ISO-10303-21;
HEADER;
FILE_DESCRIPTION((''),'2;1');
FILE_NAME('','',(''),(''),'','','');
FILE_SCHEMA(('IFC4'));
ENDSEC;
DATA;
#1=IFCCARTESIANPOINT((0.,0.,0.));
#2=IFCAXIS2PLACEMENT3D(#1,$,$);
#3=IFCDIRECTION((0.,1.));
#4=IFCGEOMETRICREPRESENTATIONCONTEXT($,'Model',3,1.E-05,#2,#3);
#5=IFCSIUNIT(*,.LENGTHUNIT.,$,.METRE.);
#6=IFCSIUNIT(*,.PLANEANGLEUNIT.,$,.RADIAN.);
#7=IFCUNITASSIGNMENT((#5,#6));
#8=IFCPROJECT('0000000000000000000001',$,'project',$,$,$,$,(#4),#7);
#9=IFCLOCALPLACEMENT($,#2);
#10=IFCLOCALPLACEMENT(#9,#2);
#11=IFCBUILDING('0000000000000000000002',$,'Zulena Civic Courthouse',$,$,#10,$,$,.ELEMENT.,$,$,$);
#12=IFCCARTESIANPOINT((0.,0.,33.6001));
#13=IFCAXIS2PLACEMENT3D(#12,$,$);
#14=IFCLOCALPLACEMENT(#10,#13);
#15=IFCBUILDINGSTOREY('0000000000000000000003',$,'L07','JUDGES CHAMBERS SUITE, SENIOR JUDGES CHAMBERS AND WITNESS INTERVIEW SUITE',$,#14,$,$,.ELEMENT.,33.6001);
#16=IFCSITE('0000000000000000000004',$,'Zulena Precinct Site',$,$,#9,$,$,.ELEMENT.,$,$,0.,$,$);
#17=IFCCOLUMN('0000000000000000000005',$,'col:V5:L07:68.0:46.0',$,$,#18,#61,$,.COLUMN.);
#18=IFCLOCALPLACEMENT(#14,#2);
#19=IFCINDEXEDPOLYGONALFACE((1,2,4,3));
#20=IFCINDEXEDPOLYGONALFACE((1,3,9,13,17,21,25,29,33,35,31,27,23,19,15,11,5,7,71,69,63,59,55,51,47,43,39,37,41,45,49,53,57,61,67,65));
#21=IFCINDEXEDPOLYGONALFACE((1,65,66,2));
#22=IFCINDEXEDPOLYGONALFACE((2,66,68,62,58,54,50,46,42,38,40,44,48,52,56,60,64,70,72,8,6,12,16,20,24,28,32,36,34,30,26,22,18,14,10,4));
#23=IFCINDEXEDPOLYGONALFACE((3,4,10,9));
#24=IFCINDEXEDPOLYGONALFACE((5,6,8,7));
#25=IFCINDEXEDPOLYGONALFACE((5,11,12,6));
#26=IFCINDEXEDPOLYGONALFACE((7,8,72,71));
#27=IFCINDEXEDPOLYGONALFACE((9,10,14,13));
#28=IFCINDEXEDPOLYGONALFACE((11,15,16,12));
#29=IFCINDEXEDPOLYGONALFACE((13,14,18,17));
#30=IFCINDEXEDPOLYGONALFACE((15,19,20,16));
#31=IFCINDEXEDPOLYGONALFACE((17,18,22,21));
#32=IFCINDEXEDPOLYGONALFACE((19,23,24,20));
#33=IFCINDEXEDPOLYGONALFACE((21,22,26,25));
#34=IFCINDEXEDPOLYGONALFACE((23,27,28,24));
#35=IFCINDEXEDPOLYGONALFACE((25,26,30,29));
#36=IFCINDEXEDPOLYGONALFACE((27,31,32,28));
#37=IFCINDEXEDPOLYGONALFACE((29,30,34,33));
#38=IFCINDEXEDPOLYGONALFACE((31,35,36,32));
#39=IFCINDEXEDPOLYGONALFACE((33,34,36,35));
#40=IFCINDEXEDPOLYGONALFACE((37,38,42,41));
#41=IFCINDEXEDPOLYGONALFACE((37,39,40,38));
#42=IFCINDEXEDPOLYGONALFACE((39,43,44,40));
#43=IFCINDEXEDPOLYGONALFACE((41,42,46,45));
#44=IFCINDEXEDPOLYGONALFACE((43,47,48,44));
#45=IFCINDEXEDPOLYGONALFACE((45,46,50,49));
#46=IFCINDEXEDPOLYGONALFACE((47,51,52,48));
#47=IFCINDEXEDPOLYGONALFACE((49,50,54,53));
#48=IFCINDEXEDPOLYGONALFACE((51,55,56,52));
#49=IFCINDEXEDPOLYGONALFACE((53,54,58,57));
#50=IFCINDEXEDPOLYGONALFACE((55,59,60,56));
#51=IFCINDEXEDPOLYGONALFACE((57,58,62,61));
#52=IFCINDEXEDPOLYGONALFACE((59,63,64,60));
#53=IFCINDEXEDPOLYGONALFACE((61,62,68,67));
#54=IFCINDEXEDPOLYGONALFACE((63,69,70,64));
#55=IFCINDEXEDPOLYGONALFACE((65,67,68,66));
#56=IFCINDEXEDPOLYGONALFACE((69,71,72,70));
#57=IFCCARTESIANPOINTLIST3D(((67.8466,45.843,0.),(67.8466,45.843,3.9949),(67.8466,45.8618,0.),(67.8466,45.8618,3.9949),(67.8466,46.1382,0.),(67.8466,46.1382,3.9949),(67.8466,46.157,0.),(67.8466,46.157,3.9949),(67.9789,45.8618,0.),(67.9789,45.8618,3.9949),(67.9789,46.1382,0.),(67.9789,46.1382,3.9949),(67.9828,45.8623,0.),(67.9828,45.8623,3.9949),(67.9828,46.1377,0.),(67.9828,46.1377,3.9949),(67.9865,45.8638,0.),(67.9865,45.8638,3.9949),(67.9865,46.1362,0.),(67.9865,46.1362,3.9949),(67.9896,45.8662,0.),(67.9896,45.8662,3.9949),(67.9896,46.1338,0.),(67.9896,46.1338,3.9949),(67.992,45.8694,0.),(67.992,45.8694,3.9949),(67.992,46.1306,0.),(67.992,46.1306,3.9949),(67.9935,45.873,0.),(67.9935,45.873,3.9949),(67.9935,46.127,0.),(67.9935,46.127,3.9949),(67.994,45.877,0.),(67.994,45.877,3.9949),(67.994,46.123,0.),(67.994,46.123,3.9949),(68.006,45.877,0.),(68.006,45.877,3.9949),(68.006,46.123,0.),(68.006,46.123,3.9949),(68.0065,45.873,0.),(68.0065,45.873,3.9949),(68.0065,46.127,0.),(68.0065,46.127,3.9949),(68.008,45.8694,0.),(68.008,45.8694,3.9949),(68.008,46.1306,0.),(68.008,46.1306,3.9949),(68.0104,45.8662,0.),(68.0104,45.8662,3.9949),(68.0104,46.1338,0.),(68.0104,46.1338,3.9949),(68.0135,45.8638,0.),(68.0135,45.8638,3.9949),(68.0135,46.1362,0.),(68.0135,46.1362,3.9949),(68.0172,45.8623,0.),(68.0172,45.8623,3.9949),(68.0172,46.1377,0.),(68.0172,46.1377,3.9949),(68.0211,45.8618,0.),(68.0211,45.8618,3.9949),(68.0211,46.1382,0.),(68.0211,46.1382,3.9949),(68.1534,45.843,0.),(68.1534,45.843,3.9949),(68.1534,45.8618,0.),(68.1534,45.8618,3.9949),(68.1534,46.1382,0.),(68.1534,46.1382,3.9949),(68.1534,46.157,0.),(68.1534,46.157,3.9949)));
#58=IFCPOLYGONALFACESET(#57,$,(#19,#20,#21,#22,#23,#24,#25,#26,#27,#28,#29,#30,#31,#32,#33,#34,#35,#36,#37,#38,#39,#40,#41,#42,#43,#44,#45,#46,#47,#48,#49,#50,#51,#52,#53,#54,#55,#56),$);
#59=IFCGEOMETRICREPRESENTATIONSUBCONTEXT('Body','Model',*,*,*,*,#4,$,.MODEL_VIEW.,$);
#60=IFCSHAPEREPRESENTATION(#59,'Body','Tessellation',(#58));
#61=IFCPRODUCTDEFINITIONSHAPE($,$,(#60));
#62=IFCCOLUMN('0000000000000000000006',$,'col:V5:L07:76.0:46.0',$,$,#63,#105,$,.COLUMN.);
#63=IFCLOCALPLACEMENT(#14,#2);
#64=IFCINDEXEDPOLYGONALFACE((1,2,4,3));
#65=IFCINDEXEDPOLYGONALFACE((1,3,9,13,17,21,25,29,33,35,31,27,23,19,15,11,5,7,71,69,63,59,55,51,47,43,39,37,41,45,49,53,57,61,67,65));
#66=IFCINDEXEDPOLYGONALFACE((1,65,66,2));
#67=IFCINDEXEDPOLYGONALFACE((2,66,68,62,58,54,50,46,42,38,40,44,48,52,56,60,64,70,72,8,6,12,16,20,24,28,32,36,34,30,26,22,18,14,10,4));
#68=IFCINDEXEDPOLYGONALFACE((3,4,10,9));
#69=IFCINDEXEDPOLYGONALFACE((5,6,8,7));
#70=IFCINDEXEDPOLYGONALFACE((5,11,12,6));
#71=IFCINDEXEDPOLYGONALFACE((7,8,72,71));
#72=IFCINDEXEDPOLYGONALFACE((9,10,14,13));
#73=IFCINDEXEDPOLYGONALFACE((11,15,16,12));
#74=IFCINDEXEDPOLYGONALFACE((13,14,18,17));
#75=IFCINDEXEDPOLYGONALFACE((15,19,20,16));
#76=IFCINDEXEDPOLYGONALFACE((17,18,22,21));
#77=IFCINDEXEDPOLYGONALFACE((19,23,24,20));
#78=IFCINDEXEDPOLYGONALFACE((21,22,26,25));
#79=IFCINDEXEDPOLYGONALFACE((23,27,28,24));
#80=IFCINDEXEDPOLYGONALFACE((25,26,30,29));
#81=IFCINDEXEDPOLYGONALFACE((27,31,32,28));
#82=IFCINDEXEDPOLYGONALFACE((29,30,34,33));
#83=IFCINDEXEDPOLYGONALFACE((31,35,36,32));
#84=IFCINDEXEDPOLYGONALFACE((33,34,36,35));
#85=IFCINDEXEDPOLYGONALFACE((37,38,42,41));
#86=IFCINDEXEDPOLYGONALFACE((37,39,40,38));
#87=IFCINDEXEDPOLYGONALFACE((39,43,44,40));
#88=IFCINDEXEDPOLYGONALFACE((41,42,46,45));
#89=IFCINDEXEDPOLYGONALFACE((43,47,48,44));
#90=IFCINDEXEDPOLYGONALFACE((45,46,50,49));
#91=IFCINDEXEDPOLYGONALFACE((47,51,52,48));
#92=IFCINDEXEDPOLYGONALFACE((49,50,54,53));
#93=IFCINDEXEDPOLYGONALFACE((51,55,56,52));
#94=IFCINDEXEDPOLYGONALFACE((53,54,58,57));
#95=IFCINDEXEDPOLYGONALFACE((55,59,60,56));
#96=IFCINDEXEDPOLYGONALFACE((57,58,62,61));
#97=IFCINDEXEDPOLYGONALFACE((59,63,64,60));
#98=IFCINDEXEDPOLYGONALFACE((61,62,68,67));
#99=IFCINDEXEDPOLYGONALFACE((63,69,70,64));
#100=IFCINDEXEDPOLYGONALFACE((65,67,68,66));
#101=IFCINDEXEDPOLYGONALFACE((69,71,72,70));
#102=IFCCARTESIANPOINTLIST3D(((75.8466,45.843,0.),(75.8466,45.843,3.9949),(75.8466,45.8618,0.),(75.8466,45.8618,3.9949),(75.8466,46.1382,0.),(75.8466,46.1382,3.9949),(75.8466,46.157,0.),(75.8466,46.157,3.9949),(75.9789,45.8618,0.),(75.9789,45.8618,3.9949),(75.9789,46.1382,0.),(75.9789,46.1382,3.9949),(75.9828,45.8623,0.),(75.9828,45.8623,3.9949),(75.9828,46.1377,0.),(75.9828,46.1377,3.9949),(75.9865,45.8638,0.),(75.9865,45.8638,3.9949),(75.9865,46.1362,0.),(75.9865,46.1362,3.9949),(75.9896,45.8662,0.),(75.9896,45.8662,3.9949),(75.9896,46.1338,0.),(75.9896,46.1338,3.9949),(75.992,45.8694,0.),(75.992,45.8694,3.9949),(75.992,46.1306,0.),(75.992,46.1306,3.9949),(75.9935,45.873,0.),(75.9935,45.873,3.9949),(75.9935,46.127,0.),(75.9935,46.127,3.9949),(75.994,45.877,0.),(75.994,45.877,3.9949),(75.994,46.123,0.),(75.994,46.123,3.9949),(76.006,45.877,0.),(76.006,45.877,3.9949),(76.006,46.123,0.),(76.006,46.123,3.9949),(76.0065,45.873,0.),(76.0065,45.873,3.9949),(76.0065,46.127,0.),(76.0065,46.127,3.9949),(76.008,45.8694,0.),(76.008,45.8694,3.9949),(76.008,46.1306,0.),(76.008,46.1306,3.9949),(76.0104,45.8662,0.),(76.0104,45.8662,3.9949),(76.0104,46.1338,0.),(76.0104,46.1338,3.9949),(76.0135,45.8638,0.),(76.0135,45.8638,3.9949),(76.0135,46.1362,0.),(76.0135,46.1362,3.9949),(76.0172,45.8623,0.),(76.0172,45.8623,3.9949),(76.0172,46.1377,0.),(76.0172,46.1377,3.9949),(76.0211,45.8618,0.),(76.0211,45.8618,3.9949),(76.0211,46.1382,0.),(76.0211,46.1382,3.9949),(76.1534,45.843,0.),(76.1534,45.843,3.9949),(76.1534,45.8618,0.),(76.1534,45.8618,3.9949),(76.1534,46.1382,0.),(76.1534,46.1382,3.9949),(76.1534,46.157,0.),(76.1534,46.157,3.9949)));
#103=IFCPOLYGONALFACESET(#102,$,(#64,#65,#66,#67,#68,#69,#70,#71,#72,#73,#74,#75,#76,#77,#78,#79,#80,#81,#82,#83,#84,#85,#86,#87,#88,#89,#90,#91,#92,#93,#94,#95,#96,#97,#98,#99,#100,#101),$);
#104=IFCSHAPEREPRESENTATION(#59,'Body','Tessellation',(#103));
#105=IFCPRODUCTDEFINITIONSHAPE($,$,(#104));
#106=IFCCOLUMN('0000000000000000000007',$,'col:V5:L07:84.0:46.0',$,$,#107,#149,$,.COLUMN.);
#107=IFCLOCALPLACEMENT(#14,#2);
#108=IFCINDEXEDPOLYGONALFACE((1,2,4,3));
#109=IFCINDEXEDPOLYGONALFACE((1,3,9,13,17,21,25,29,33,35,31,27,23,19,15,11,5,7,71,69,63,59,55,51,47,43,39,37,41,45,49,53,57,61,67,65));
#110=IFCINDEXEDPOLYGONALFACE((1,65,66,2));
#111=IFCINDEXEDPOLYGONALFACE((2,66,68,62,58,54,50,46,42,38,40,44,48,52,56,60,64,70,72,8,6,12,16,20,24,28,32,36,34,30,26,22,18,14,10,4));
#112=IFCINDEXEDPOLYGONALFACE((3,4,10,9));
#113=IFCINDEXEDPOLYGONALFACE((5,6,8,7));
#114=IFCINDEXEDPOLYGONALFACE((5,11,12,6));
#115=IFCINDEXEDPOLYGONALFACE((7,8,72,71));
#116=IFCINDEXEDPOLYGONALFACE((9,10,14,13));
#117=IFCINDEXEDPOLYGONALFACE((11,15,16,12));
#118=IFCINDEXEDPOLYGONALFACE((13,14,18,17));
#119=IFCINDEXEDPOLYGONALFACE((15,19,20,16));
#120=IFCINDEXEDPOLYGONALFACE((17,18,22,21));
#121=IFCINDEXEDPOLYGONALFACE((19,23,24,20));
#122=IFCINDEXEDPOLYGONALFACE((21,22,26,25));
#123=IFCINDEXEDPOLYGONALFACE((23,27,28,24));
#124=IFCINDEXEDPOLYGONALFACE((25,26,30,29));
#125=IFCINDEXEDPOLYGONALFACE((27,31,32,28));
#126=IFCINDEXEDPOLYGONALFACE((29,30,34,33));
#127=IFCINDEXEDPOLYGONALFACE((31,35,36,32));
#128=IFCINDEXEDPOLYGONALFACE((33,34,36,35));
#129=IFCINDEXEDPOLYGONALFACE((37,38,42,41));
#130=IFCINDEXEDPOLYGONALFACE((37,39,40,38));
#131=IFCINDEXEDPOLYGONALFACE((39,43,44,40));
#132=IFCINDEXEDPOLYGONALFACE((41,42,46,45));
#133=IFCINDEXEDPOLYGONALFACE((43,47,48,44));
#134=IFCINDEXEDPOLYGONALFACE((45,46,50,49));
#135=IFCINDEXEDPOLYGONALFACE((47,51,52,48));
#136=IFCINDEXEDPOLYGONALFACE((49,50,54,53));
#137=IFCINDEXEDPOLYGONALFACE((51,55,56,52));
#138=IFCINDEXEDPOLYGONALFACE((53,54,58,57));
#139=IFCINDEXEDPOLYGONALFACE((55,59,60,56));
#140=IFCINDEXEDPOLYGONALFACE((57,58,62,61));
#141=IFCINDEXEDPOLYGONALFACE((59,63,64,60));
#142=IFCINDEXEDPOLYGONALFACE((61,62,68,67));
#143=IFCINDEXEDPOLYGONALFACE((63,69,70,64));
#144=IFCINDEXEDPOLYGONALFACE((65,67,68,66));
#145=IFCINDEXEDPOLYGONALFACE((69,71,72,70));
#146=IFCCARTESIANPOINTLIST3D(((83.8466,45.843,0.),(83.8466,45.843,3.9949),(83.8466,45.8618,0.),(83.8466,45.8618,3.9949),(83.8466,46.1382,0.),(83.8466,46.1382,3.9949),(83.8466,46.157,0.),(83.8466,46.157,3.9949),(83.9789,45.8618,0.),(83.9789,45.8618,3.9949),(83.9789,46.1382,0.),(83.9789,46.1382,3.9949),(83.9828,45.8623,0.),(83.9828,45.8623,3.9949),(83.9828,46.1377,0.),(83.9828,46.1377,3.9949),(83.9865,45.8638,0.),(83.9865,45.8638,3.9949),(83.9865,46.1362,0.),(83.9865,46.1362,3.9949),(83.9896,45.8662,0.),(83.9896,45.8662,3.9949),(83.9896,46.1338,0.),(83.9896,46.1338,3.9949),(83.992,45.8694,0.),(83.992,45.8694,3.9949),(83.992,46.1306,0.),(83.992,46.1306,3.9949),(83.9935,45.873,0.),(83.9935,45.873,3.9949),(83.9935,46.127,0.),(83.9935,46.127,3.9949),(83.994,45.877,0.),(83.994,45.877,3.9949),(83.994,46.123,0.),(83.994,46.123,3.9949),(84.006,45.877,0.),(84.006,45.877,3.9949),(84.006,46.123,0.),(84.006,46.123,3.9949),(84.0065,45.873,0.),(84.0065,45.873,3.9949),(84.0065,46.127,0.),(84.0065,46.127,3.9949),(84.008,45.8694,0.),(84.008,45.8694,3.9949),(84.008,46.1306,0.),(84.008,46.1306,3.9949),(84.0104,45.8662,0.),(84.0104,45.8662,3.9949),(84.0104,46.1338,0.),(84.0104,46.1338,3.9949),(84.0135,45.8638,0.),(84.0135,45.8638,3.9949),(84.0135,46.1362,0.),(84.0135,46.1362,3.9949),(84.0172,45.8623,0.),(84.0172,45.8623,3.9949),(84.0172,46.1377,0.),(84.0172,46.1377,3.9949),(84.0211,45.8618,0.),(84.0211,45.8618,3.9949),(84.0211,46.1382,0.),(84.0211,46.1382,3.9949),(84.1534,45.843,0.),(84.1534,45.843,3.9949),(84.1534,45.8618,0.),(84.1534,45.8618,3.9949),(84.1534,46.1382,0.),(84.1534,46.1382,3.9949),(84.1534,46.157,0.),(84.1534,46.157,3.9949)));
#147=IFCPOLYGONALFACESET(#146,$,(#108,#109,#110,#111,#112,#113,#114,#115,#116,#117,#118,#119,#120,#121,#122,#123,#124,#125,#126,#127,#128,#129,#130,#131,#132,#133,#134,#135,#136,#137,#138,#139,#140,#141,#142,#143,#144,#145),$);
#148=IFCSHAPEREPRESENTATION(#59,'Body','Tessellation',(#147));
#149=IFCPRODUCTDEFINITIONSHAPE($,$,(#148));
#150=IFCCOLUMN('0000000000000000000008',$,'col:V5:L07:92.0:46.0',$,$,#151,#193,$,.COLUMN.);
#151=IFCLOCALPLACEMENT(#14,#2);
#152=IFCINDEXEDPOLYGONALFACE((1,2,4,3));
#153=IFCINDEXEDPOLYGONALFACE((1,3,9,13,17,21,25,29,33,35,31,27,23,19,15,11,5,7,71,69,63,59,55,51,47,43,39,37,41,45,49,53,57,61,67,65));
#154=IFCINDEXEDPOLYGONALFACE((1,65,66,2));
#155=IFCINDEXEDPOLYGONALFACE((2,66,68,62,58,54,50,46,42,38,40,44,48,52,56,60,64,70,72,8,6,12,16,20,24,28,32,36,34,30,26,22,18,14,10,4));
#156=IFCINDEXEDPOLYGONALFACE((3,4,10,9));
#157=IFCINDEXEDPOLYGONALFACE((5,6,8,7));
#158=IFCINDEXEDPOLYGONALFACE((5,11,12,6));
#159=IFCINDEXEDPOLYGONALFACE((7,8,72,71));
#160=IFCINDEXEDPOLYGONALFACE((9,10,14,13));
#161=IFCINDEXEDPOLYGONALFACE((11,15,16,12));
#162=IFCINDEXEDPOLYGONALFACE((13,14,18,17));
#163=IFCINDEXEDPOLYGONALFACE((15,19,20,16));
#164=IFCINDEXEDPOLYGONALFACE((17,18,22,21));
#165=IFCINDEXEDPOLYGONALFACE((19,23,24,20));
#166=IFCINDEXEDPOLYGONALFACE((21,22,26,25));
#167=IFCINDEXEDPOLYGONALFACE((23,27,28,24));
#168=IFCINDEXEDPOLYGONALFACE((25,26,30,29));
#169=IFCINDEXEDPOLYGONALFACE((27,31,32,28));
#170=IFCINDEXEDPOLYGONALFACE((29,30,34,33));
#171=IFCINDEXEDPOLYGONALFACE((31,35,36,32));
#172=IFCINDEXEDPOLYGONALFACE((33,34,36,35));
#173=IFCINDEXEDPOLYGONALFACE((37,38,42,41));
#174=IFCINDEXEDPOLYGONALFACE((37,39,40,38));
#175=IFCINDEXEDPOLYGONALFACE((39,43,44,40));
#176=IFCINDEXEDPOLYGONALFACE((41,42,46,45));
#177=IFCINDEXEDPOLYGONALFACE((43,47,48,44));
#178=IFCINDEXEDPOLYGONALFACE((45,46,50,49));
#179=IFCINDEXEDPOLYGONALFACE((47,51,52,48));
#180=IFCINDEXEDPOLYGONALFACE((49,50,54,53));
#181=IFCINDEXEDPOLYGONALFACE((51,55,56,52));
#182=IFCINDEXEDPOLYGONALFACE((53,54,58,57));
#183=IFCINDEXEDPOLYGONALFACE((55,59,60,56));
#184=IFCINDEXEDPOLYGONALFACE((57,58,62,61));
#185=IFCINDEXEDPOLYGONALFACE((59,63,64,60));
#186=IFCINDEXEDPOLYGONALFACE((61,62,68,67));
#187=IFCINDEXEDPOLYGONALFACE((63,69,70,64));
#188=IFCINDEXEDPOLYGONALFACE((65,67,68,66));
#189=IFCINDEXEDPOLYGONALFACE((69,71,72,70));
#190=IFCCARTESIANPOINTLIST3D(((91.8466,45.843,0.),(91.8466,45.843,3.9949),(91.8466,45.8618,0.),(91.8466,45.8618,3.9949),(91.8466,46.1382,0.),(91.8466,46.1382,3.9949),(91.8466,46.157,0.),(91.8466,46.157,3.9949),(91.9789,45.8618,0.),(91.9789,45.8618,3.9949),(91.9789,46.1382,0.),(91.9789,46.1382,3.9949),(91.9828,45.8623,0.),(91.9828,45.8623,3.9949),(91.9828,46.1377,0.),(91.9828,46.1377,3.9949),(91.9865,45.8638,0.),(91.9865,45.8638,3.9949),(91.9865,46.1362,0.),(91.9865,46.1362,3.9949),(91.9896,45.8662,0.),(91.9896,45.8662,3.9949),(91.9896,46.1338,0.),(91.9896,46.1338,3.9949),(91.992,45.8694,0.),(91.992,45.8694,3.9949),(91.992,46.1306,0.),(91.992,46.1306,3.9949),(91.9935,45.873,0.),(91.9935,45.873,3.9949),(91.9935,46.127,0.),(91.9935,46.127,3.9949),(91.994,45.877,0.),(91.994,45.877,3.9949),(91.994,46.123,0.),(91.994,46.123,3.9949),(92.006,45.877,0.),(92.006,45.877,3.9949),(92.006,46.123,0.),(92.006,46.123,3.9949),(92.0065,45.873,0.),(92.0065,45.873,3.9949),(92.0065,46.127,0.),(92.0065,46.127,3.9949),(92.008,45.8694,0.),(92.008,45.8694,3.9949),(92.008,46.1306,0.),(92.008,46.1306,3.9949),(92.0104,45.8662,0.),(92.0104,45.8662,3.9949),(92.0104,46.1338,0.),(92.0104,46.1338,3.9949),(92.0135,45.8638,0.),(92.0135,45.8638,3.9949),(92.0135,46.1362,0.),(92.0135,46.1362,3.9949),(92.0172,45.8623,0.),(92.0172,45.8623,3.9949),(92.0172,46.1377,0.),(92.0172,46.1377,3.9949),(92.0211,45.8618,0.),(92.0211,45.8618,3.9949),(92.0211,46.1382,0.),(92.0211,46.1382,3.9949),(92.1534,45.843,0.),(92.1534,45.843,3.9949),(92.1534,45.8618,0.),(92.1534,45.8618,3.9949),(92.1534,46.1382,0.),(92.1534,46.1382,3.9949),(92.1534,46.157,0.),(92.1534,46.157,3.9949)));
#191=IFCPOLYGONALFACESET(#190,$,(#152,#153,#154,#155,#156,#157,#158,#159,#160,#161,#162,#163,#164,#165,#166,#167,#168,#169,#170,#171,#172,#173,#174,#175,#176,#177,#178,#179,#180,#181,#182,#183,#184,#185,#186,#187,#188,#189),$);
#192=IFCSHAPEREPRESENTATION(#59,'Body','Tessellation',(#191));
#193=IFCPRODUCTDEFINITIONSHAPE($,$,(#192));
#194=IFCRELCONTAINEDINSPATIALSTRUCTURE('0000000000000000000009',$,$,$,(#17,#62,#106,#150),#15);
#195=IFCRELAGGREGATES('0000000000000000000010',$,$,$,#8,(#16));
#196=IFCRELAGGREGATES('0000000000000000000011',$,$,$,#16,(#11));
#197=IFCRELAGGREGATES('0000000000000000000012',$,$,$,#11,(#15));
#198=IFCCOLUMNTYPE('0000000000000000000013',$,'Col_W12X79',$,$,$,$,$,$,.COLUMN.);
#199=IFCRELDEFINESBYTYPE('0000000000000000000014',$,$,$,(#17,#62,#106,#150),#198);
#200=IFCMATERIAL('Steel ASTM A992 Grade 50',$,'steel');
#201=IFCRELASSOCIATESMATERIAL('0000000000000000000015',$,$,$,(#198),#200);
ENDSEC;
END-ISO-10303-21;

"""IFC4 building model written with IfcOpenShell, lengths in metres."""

from ifc_helpers import new_model, si_unit, direction, frame, origin, origin_2d, place, context, subcontext, project, spatial, i_section, extrude, material, material_profile, profile_set, type_object, element, save


model = new_model("IFC4")

# Units and contexts
model_context = context("Model", 3, precision=1e-05, world=origin(), true_north=direction((0.0, 1.0)))
body_context = subcontext(model_context, "Body", "Model", "MODEL_VIEW")
ifc_project = project(units=[si_unit("LENGTHUNIT", "METRE"), si_unit("PLANEANGLEUNIT", "RADIAN")], contexts=[model_context])

# Site, building, storey
site_placement = place(None, origin())
site = spatial("IfcSite", under=ifc_project, at=site_placement, Name="Zulena Precinct Site", CompositionType="ELEMENT", RefElevation=0.0)
building_placement = place(site_placement, origin())
building = spatial("IfcBuilding", under=site, at=building_placement, Name="Zulena Civic Courthouse", CompositionType="ELEMENT")
storey_placement = place(building_placement, frame((0.0, 0.0, 33.6001)))
storey = spatial("IfcBuildingStorey", under=building, at=storey_placement, Name="L07", Description="JUDGES CHAMBERS SUITE, SENIOR JUDGES CHAMBERS AND WITNESS INTERVIEW SUITE", CompositionType="ELEMENT", Elevation=33.6001)

# Columns
ifc_material_1 = material(Name="Steel ASTM A992 Grade 50", Category="steel")
ifc_material_profile_1 = material_profile(ifc_material_1, i_section(OverallWidth=0.3069, OverallDepth=0.314, WebThickness=0.012, FlangeThickness=0.0188, FilletRadius=0.0151, at=origin_2d()), Name="W12X79")
ifc_profile_set_1 = profile_set([ifc_material_profile_1], Name="Steel ASTM A992 Grade 50")
column_type_1 = type_object("IfcColumnType", Name="Col_W12X79", PredefinedType="COLUMN", material=ifc_profile_set_1)
for number, where, z_axis, x_axis, name in (
    (1, (68.0, 46.0, 0.0), (0.0, 0.0, 1.0), (1.0, 0.0, 0.0), "col:V5:L07:68.0:46.0"),
    (2, (76.0, 46.0, 0.0), (0.0, 0.0, 1.0), (1.0, 0.0, 0.0), "col:V5:L07:76.0:46.0"),
    (3, (84.0, 46.0, 0.0), (0.0, 0.0, 1.0), (1.0, 0.0, 0.0), "col:V5:L07:84.0:46.0"),
    (4, (92.0, 46.0, 0.0), (0.0, 0.0, 1.0), (1.0, 0.0, 0.0), "col:V5:L07:92.0:46.0"),
):
    element("IfcColumn", number, at=place(storey_placement, frame(where, z_axis=z_axis, x_axis=x_axis)), inside=storey, type_object=column_type_1, Name=name, PredefinedType="COLUMN", context=body_context, shape_type="SweptSolid", body=[
        extrude(i_section(OverallWidth=0.3069, OverallDepth=0.314, WebThickness=0.012, FlangeThickness=0.0188, FilletRadius=0.0151, at=origin_2d()), origin(), (0.0, 0.0, 1.0), 3.9949),
    ])

save(model, "model.ifc")
